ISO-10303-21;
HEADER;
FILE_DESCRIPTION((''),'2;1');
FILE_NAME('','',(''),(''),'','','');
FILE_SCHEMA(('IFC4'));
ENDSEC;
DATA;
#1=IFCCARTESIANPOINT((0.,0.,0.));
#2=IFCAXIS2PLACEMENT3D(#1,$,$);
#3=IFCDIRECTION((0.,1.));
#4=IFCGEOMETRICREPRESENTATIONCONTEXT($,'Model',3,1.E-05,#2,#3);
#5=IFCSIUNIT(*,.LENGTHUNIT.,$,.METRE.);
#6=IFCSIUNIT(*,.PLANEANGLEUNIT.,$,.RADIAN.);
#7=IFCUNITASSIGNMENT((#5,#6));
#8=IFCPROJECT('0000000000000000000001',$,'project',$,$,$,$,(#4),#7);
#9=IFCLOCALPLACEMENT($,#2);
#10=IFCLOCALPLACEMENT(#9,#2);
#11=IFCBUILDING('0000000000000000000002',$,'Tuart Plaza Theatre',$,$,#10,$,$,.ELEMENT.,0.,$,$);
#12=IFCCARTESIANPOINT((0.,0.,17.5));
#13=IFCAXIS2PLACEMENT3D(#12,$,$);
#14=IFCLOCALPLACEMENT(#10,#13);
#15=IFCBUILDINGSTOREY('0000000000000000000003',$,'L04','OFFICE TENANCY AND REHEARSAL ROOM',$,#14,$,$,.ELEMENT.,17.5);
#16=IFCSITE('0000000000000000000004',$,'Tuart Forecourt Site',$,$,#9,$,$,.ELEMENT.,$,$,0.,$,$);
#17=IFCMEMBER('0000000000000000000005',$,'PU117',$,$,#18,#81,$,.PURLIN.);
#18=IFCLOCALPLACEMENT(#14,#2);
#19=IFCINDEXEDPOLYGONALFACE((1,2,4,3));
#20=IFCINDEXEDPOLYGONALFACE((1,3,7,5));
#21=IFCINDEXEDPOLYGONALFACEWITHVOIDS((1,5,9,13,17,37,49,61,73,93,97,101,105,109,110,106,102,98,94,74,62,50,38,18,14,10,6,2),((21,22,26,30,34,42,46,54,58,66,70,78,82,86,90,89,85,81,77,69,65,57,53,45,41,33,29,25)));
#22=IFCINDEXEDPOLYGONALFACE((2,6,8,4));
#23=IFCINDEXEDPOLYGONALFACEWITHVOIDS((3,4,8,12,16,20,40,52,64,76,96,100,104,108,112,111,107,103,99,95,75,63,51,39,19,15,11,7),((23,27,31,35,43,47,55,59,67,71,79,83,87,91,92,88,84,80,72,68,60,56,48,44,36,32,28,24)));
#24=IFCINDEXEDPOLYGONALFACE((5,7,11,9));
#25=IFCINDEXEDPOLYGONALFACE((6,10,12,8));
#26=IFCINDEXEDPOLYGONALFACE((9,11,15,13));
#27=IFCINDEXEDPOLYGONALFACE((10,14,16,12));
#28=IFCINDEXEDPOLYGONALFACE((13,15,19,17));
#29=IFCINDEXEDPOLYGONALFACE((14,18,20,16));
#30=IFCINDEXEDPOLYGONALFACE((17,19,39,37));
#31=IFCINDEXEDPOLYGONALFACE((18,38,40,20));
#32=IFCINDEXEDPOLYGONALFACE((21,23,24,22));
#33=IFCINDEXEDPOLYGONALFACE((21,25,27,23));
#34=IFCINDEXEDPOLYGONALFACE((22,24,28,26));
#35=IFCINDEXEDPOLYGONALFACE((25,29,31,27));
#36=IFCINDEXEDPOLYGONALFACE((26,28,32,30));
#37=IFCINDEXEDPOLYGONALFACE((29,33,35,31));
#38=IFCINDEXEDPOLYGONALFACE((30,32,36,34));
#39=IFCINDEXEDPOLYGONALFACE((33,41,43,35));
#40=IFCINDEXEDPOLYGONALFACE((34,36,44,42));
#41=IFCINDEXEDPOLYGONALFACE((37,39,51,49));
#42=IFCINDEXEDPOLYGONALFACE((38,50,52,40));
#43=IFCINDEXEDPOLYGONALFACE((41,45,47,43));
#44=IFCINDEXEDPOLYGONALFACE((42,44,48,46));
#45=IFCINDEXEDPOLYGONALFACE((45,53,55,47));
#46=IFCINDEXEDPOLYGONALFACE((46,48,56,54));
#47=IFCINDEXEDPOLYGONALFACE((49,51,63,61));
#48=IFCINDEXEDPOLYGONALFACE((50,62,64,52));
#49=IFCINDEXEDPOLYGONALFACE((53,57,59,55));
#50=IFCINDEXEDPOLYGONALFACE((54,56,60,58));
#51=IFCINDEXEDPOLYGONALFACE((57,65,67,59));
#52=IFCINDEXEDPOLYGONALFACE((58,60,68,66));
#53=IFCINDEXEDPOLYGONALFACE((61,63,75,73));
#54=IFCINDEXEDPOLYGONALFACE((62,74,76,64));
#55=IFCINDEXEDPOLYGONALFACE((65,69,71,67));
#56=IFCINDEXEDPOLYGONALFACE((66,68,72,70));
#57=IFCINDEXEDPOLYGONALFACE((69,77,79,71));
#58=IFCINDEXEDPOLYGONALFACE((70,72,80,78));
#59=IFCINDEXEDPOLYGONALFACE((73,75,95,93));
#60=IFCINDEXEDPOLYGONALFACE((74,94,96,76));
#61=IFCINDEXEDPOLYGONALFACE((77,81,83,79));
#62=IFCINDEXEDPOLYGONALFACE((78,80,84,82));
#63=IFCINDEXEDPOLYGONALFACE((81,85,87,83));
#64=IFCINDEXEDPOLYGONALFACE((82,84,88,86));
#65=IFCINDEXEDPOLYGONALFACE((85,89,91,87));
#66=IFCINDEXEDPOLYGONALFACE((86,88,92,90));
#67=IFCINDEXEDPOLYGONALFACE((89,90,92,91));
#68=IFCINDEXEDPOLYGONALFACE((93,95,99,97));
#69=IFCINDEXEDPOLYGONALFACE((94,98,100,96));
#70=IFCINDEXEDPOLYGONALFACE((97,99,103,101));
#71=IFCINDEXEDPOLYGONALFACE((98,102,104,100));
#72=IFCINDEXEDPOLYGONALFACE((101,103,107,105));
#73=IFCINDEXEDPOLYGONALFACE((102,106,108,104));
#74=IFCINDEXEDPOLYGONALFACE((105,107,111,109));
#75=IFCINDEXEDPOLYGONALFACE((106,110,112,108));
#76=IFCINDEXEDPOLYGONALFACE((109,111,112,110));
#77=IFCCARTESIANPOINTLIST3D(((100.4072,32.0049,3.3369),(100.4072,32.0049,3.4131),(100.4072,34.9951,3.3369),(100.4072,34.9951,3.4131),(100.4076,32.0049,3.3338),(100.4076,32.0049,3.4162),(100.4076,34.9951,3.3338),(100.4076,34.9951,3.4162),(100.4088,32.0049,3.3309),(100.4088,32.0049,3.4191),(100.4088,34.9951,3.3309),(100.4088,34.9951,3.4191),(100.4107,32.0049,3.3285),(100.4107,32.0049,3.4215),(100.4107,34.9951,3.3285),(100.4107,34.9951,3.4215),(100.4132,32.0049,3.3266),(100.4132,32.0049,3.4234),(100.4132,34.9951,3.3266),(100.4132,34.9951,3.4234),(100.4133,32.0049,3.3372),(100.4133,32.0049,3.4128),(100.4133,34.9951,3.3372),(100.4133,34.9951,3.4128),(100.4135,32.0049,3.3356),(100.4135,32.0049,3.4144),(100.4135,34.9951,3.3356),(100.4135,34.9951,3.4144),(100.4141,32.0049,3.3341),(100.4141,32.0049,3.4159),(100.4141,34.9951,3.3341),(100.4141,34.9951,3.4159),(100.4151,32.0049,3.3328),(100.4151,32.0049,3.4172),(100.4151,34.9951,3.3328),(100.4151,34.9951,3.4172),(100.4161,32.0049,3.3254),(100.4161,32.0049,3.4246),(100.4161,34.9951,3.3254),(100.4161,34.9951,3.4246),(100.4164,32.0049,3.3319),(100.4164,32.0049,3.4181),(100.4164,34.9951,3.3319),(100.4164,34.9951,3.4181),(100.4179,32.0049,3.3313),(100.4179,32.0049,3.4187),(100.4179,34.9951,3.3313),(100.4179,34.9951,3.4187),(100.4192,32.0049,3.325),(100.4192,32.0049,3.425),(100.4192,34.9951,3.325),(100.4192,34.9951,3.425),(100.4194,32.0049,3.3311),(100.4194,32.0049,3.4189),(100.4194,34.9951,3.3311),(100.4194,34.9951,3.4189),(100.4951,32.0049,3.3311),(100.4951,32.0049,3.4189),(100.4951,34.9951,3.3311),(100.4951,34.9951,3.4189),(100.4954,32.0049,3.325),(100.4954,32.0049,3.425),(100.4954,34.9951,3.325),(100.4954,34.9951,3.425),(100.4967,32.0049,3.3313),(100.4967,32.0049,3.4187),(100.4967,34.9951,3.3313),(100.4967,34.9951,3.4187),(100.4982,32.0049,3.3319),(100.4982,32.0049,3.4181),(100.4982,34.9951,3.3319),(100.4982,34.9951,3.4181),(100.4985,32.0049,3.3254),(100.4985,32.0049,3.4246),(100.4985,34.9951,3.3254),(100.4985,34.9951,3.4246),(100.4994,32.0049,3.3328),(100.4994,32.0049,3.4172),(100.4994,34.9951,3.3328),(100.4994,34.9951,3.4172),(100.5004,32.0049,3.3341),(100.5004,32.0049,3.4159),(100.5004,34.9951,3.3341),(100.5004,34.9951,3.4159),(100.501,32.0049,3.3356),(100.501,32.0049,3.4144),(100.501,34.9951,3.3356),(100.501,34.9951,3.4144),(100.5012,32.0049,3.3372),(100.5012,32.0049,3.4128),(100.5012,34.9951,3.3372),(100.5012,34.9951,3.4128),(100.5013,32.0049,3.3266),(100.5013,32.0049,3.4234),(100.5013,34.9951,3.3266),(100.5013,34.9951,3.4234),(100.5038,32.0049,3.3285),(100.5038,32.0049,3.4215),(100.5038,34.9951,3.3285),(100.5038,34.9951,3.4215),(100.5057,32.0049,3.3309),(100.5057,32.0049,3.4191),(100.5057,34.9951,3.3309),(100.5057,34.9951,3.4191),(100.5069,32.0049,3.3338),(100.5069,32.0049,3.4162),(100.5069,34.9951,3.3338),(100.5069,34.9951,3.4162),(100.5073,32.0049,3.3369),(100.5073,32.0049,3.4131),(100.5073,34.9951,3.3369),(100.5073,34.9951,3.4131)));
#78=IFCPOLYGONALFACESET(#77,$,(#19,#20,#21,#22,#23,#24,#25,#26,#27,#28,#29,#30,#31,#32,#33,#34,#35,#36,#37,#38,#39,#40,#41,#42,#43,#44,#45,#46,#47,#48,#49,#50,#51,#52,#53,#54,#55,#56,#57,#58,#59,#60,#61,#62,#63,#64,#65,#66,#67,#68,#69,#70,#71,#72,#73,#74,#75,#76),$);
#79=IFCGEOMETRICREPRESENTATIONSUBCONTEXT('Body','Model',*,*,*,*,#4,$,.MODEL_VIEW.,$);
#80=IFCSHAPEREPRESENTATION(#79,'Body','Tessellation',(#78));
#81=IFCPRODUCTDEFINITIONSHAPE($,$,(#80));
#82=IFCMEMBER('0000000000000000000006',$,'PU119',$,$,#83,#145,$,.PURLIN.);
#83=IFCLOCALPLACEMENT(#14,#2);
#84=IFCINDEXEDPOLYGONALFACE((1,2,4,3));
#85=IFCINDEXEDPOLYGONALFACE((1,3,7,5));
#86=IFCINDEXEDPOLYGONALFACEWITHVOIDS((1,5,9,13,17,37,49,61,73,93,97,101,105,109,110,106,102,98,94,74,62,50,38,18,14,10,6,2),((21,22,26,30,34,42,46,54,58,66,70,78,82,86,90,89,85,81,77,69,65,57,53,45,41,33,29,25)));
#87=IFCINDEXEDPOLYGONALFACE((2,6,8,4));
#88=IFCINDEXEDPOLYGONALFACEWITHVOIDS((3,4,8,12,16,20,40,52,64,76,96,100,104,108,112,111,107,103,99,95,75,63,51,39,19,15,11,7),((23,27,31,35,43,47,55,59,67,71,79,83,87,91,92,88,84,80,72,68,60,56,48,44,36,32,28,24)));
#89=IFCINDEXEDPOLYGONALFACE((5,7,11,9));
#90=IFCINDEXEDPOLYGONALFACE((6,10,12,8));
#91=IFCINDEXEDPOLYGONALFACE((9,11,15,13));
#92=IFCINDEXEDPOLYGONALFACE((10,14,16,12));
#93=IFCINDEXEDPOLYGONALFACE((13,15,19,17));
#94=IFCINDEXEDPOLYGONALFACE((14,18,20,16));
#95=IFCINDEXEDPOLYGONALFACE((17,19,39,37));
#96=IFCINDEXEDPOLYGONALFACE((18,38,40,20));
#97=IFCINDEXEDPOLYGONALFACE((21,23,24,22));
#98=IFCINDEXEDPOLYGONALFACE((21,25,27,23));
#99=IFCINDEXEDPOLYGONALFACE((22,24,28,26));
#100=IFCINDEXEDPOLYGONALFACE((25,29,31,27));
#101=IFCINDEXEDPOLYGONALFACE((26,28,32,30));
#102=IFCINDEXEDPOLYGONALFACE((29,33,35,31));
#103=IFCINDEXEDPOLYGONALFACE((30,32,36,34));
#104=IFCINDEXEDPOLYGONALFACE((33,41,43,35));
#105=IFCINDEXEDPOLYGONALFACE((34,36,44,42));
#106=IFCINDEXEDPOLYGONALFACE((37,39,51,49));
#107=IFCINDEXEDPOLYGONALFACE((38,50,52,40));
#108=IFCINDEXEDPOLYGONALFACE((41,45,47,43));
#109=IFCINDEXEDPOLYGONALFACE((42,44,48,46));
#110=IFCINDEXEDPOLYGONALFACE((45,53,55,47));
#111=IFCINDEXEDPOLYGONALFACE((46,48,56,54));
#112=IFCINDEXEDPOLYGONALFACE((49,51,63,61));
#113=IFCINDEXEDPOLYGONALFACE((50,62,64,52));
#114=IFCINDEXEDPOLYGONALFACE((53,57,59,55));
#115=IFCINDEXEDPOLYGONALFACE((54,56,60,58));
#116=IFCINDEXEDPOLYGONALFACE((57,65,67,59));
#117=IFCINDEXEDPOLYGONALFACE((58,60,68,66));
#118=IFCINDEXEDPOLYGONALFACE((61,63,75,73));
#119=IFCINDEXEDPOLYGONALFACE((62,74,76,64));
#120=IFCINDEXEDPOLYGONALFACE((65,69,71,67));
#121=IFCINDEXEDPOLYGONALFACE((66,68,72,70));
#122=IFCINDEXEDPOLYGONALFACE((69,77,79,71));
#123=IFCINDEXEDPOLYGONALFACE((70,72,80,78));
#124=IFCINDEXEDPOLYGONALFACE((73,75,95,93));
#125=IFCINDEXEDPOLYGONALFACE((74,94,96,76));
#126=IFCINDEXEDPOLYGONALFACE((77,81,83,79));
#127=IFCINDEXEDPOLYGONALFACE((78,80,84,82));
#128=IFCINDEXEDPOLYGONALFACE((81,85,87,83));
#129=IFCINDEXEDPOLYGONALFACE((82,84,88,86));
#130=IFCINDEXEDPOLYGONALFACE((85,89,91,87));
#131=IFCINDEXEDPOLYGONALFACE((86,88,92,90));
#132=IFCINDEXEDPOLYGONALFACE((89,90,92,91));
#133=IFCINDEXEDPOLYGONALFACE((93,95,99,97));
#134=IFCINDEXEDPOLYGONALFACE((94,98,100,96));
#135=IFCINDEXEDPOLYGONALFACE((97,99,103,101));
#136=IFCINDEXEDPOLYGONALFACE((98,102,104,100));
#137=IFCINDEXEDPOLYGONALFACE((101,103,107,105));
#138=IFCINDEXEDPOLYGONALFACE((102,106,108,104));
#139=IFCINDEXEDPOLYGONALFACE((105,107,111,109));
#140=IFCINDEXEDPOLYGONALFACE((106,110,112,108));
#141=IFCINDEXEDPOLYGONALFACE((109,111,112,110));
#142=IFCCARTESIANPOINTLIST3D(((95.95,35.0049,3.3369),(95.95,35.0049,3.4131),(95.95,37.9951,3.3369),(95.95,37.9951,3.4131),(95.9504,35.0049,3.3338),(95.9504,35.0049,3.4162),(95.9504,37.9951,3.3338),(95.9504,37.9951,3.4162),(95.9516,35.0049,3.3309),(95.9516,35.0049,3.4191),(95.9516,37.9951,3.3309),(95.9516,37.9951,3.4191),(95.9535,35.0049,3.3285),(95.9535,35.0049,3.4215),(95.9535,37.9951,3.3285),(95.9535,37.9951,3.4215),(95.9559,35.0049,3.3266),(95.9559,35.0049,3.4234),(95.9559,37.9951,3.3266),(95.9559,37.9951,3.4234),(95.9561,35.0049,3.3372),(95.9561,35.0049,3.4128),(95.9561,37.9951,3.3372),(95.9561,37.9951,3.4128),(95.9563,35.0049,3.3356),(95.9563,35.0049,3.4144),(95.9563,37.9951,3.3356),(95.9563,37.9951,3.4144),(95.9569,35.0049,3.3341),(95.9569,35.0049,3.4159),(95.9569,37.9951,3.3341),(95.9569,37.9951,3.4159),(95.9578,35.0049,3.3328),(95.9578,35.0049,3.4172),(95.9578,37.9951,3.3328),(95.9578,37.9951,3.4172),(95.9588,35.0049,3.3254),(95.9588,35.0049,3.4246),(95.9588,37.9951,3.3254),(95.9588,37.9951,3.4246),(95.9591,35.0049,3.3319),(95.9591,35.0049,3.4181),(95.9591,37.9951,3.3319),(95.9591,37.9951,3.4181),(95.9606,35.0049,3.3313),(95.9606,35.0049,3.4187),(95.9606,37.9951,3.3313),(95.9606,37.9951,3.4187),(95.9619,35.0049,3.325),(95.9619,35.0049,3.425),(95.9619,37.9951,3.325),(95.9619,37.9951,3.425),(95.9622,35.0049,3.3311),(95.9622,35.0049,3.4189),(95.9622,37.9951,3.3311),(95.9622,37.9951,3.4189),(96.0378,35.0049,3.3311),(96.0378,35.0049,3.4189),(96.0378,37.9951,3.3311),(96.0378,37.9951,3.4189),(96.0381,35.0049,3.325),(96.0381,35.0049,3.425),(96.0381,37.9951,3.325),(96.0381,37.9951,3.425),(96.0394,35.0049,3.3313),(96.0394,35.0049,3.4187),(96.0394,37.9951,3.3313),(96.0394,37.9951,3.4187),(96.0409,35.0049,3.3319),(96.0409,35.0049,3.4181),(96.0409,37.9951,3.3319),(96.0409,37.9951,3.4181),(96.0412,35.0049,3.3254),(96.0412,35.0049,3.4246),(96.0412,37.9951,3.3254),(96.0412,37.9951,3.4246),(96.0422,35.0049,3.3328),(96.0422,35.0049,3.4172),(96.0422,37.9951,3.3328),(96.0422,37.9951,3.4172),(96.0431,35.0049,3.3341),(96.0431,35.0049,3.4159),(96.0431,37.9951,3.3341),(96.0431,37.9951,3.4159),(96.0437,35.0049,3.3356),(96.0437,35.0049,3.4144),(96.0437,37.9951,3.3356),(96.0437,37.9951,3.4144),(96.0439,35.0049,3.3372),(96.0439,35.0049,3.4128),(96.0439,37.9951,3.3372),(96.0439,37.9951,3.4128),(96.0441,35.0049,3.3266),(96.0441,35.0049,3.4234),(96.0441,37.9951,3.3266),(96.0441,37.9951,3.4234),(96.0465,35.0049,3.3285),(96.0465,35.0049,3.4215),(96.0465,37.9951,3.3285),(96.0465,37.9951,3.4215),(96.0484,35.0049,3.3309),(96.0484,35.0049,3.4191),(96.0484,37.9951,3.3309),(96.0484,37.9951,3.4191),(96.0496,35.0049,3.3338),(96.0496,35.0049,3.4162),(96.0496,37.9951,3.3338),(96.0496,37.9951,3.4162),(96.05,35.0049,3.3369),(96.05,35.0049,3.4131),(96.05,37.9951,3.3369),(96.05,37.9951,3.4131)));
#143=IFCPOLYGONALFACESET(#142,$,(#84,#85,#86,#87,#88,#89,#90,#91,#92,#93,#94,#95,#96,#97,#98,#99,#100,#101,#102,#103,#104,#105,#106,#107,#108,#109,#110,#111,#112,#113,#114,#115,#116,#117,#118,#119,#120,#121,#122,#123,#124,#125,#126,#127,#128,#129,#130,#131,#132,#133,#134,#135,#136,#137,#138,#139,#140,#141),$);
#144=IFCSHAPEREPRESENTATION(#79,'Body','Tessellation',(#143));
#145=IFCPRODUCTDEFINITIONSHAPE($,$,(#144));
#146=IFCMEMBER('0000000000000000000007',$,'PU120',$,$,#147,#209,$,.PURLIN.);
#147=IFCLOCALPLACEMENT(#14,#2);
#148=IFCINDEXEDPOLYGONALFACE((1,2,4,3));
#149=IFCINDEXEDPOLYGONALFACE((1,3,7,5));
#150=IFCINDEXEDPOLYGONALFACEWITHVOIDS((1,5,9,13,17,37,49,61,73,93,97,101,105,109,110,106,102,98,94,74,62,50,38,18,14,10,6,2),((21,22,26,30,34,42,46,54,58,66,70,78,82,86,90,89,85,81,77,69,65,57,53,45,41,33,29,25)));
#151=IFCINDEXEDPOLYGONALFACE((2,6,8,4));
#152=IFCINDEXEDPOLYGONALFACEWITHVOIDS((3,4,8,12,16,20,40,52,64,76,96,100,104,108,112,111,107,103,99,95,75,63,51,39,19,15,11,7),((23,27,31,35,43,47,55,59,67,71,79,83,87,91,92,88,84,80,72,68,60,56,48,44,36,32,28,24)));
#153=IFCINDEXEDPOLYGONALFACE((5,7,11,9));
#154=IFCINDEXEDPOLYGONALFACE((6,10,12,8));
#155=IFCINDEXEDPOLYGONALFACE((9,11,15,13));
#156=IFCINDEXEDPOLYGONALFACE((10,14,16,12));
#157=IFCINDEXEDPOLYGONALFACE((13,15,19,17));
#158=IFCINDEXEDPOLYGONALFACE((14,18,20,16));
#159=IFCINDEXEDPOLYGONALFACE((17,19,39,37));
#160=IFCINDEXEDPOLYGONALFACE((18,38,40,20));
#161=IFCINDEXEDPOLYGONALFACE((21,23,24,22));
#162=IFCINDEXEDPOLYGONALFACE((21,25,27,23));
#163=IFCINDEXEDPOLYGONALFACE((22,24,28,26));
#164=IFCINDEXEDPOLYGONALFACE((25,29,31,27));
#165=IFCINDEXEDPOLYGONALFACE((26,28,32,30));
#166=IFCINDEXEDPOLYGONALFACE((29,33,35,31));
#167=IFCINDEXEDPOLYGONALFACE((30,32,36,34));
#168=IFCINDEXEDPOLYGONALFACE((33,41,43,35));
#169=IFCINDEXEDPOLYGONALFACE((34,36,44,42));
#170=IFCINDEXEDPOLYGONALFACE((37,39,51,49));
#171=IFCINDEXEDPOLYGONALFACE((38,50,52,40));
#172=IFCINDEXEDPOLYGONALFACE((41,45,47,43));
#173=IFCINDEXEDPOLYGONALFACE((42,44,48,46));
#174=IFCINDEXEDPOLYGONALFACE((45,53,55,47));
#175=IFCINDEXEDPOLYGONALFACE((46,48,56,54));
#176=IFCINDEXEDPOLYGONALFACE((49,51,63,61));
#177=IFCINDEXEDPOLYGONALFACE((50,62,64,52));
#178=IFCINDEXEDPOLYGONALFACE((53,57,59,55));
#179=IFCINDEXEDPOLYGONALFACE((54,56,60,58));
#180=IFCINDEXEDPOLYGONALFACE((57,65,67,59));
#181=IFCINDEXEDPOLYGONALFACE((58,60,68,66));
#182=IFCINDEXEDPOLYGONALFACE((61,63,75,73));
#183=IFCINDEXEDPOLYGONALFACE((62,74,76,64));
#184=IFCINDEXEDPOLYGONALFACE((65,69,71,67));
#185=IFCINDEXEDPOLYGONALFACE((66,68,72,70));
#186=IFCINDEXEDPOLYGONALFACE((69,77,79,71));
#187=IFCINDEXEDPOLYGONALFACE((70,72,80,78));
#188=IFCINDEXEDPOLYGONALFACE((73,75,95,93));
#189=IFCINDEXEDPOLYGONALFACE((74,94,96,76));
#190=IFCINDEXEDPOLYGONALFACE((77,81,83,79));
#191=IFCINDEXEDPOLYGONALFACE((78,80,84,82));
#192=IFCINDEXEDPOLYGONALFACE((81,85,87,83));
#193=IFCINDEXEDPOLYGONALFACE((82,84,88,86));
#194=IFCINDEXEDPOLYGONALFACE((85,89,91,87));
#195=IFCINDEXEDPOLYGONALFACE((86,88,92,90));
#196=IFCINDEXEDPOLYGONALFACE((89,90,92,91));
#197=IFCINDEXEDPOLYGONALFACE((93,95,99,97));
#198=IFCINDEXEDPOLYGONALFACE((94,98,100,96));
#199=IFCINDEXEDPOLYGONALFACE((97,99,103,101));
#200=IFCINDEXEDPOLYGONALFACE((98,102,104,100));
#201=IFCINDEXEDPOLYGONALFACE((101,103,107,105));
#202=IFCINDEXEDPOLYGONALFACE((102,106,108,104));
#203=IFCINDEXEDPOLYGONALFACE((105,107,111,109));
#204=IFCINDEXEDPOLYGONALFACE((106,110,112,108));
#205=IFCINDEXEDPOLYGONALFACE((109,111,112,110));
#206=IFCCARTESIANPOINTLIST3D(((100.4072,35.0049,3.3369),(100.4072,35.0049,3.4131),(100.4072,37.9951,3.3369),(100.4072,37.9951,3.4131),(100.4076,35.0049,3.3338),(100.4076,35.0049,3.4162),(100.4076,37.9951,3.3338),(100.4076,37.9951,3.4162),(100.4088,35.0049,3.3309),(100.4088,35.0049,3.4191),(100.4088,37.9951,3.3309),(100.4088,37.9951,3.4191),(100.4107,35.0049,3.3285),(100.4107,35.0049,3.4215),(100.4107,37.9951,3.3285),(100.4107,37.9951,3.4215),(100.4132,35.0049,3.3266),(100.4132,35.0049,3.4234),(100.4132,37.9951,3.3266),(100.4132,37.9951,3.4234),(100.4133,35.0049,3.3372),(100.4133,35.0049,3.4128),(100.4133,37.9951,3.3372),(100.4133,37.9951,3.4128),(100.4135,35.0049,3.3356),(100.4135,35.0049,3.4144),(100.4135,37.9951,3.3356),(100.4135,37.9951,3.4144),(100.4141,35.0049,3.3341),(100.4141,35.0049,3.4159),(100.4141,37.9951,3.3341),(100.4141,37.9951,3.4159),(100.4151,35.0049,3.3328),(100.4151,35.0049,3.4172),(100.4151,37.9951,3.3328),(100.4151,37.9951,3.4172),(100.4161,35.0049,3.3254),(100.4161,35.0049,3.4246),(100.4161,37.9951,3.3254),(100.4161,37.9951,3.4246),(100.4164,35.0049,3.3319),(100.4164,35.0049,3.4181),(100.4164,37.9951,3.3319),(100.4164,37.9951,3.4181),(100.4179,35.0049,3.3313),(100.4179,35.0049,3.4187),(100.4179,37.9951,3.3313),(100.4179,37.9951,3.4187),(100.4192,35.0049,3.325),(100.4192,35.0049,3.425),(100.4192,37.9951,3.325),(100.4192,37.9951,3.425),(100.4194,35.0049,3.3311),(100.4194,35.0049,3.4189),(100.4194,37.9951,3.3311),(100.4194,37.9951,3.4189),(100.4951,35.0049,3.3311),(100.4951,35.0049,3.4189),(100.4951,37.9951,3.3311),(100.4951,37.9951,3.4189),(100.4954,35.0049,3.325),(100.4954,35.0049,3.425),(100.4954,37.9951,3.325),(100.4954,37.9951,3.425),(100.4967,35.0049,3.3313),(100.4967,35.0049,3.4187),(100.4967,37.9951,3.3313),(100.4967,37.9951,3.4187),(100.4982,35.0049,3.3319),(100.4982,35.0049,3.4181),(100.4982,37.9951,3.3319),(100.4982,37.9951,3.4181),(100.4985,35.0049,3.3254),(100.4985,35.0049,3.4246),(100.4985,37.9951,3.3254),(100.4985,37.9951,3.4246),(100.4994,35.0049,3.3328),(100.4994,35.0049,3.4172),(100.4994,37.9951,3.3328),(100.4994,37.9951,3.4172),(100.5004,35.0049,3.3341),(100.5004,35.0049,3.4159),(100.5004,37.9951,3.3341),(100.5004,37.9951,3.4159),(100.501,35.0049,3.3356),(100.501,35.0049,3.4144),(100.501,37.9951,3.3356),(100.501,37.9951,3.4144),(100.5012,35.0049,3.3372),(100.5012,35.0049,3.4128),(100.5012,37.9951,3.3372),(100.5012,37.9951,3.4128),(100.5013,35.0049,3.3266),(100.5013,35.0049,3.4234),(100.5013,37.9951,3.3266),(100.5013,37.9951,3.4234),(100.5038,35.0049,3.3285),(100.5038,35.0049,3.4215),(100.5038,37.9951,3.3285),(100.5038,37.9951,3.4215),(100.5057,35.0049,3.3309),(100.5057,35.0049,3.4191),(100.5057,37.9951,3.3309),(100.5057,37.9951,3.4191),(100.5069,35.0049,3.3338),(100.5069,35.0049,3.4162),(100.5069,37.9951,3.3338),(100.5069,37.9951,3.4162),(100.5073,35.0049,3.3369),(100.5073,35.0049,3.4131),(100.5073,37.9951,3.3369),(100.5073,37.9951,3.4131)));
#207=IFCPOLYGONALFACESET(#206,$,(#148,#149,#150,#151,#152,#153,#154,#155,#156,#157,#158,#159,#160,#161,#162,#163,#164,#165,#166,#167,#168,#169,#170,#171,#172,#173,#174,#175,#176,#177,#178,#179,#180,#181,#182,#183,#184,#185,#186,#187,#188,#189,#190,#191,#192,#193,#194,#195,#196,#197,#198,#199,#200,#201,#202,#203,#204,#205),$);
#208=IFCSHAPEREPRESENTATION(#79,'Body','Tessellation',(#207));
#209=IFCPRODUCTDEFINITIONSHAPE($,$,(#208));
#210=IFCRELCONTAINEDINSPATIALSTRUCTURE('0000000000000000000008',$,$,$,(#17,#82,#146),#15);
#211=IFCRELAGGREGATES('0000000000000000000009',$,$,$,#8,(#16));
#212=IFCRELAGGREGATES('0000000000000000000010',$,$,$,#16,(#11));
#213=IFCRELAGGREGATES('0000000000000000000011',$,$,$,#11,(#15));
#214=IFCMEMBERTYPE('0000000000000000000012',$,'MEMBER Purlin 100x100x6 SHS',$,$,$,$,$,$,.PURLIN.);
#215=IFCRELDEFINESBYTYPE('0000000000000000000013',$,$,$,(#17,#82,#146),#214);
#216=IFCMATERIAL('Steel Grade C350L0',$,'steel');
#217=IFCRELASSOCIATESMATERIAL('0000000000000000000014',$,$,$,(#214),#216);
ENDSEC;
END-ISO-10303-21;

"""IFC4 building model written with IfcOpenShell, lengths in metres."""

from ifc_helpers import new_model, si_unit, direction, frame, origin, origin_2d, place, context, subcontext, project, spatial, hollow_rectangle, extrude, material, material_profile, profile_set, type_object, element, save


model = new_model("IFC4")

# Units and contexts
model_context = context("Model", 3, precision=1e-05, world=origin(), true_north=direction((0.0, 1.0)))
body_context = subcontext(model_context, "Body", "Model", "MODEL_VIEW")
ifc_project = project(units=[si_unit("LENGTHUNIT", "METRE"), si_unit("PLANEANGLEUNIT", "RADIAN")], contexts=[model_context])

# Site, building, storey
site_placement = place(None, origin())
site = spatial("IfcSite", under=ifc_project, at=site_placement, Name="Tuart Forecourt Site", CompositionType="ELEMENT", RefElevation=0.0)
building_placement = place(site_placement, origin())
building = spatial("IfcBuilding", under=site, at=building_placement, Name="Tuart Plaza Theatre", CompositionType="ELEMENT", ElevationOfRefHeight=0.0)
storey_placement = place(building_placement, frame((0.0, 0.0, 17.5)))
storey = spatial("IfcBuildingStorey", under=building, at=storey_placement, Name="L04", Description="OFFICE TENANCY AND REHEARSAL ROOM", CompositionType="ELEMENT", Elevation=17.5)

# Members
ifc_material_1 = material(Name="Steel Grade C350L0", Category="steel")
ifc_material_profile_1 = material_profile(ifc_material_1, hollow_rectangle(XDim=0.1001, YDim=0.1001, WallThickness=0.0061, InnerFilletRadius=0.0061, OuterFilletRadius=0.012, at=origin_2d()), Name="100x100x6 SHS")
ifc_profile_set_1 = profile_set([ifc_material_profile_1], Name="Steel Grade C350L0")
member_type_1 = type_object("IfcMemberType", Name="MEMBER Purlin 100x100x6 SHS", PredefinedType="PURLIN", material=ifc_profile_set_1)
for number, where, z_axis, x_axis, name in (
    (1, (100.4573, 32.0049, 3.375), (0.0, 1.0, 0.0), (-1.0, 0.0, 0.0), "PU117"),
    (2, (96.0, 35.0049, 3.375), (0.0, 1.0, 0.0), (-1.0, 0.0, 0.0), "PU119"),
    (3, (100.4573, 35.0049, 3.375), (0.0, 1.0, 0.0), (-1.0, 0.0, 0.0), "PU120"),
):
    element("IfcMember", number, at=place(storey_placement, frame(where, z_axis=z_axis, x_axis=x_axis)), inside=storey, type_object=member_type_1, Name=name, PredefinedType="PURLIN", context=body_context, shape_type="SweptSolid", body=[
        extrude(hollow_rectangle(XDim=0.1001, YDim=0.1001, WallThickness=0.0061, InnerFilletRadius=0.0061, OuterFilletRadius=0.012, at=origin_2d()), origin(), (0.0, 0.0, 1.0), 2.9902),
    ])

save(model, "model.ifc")
